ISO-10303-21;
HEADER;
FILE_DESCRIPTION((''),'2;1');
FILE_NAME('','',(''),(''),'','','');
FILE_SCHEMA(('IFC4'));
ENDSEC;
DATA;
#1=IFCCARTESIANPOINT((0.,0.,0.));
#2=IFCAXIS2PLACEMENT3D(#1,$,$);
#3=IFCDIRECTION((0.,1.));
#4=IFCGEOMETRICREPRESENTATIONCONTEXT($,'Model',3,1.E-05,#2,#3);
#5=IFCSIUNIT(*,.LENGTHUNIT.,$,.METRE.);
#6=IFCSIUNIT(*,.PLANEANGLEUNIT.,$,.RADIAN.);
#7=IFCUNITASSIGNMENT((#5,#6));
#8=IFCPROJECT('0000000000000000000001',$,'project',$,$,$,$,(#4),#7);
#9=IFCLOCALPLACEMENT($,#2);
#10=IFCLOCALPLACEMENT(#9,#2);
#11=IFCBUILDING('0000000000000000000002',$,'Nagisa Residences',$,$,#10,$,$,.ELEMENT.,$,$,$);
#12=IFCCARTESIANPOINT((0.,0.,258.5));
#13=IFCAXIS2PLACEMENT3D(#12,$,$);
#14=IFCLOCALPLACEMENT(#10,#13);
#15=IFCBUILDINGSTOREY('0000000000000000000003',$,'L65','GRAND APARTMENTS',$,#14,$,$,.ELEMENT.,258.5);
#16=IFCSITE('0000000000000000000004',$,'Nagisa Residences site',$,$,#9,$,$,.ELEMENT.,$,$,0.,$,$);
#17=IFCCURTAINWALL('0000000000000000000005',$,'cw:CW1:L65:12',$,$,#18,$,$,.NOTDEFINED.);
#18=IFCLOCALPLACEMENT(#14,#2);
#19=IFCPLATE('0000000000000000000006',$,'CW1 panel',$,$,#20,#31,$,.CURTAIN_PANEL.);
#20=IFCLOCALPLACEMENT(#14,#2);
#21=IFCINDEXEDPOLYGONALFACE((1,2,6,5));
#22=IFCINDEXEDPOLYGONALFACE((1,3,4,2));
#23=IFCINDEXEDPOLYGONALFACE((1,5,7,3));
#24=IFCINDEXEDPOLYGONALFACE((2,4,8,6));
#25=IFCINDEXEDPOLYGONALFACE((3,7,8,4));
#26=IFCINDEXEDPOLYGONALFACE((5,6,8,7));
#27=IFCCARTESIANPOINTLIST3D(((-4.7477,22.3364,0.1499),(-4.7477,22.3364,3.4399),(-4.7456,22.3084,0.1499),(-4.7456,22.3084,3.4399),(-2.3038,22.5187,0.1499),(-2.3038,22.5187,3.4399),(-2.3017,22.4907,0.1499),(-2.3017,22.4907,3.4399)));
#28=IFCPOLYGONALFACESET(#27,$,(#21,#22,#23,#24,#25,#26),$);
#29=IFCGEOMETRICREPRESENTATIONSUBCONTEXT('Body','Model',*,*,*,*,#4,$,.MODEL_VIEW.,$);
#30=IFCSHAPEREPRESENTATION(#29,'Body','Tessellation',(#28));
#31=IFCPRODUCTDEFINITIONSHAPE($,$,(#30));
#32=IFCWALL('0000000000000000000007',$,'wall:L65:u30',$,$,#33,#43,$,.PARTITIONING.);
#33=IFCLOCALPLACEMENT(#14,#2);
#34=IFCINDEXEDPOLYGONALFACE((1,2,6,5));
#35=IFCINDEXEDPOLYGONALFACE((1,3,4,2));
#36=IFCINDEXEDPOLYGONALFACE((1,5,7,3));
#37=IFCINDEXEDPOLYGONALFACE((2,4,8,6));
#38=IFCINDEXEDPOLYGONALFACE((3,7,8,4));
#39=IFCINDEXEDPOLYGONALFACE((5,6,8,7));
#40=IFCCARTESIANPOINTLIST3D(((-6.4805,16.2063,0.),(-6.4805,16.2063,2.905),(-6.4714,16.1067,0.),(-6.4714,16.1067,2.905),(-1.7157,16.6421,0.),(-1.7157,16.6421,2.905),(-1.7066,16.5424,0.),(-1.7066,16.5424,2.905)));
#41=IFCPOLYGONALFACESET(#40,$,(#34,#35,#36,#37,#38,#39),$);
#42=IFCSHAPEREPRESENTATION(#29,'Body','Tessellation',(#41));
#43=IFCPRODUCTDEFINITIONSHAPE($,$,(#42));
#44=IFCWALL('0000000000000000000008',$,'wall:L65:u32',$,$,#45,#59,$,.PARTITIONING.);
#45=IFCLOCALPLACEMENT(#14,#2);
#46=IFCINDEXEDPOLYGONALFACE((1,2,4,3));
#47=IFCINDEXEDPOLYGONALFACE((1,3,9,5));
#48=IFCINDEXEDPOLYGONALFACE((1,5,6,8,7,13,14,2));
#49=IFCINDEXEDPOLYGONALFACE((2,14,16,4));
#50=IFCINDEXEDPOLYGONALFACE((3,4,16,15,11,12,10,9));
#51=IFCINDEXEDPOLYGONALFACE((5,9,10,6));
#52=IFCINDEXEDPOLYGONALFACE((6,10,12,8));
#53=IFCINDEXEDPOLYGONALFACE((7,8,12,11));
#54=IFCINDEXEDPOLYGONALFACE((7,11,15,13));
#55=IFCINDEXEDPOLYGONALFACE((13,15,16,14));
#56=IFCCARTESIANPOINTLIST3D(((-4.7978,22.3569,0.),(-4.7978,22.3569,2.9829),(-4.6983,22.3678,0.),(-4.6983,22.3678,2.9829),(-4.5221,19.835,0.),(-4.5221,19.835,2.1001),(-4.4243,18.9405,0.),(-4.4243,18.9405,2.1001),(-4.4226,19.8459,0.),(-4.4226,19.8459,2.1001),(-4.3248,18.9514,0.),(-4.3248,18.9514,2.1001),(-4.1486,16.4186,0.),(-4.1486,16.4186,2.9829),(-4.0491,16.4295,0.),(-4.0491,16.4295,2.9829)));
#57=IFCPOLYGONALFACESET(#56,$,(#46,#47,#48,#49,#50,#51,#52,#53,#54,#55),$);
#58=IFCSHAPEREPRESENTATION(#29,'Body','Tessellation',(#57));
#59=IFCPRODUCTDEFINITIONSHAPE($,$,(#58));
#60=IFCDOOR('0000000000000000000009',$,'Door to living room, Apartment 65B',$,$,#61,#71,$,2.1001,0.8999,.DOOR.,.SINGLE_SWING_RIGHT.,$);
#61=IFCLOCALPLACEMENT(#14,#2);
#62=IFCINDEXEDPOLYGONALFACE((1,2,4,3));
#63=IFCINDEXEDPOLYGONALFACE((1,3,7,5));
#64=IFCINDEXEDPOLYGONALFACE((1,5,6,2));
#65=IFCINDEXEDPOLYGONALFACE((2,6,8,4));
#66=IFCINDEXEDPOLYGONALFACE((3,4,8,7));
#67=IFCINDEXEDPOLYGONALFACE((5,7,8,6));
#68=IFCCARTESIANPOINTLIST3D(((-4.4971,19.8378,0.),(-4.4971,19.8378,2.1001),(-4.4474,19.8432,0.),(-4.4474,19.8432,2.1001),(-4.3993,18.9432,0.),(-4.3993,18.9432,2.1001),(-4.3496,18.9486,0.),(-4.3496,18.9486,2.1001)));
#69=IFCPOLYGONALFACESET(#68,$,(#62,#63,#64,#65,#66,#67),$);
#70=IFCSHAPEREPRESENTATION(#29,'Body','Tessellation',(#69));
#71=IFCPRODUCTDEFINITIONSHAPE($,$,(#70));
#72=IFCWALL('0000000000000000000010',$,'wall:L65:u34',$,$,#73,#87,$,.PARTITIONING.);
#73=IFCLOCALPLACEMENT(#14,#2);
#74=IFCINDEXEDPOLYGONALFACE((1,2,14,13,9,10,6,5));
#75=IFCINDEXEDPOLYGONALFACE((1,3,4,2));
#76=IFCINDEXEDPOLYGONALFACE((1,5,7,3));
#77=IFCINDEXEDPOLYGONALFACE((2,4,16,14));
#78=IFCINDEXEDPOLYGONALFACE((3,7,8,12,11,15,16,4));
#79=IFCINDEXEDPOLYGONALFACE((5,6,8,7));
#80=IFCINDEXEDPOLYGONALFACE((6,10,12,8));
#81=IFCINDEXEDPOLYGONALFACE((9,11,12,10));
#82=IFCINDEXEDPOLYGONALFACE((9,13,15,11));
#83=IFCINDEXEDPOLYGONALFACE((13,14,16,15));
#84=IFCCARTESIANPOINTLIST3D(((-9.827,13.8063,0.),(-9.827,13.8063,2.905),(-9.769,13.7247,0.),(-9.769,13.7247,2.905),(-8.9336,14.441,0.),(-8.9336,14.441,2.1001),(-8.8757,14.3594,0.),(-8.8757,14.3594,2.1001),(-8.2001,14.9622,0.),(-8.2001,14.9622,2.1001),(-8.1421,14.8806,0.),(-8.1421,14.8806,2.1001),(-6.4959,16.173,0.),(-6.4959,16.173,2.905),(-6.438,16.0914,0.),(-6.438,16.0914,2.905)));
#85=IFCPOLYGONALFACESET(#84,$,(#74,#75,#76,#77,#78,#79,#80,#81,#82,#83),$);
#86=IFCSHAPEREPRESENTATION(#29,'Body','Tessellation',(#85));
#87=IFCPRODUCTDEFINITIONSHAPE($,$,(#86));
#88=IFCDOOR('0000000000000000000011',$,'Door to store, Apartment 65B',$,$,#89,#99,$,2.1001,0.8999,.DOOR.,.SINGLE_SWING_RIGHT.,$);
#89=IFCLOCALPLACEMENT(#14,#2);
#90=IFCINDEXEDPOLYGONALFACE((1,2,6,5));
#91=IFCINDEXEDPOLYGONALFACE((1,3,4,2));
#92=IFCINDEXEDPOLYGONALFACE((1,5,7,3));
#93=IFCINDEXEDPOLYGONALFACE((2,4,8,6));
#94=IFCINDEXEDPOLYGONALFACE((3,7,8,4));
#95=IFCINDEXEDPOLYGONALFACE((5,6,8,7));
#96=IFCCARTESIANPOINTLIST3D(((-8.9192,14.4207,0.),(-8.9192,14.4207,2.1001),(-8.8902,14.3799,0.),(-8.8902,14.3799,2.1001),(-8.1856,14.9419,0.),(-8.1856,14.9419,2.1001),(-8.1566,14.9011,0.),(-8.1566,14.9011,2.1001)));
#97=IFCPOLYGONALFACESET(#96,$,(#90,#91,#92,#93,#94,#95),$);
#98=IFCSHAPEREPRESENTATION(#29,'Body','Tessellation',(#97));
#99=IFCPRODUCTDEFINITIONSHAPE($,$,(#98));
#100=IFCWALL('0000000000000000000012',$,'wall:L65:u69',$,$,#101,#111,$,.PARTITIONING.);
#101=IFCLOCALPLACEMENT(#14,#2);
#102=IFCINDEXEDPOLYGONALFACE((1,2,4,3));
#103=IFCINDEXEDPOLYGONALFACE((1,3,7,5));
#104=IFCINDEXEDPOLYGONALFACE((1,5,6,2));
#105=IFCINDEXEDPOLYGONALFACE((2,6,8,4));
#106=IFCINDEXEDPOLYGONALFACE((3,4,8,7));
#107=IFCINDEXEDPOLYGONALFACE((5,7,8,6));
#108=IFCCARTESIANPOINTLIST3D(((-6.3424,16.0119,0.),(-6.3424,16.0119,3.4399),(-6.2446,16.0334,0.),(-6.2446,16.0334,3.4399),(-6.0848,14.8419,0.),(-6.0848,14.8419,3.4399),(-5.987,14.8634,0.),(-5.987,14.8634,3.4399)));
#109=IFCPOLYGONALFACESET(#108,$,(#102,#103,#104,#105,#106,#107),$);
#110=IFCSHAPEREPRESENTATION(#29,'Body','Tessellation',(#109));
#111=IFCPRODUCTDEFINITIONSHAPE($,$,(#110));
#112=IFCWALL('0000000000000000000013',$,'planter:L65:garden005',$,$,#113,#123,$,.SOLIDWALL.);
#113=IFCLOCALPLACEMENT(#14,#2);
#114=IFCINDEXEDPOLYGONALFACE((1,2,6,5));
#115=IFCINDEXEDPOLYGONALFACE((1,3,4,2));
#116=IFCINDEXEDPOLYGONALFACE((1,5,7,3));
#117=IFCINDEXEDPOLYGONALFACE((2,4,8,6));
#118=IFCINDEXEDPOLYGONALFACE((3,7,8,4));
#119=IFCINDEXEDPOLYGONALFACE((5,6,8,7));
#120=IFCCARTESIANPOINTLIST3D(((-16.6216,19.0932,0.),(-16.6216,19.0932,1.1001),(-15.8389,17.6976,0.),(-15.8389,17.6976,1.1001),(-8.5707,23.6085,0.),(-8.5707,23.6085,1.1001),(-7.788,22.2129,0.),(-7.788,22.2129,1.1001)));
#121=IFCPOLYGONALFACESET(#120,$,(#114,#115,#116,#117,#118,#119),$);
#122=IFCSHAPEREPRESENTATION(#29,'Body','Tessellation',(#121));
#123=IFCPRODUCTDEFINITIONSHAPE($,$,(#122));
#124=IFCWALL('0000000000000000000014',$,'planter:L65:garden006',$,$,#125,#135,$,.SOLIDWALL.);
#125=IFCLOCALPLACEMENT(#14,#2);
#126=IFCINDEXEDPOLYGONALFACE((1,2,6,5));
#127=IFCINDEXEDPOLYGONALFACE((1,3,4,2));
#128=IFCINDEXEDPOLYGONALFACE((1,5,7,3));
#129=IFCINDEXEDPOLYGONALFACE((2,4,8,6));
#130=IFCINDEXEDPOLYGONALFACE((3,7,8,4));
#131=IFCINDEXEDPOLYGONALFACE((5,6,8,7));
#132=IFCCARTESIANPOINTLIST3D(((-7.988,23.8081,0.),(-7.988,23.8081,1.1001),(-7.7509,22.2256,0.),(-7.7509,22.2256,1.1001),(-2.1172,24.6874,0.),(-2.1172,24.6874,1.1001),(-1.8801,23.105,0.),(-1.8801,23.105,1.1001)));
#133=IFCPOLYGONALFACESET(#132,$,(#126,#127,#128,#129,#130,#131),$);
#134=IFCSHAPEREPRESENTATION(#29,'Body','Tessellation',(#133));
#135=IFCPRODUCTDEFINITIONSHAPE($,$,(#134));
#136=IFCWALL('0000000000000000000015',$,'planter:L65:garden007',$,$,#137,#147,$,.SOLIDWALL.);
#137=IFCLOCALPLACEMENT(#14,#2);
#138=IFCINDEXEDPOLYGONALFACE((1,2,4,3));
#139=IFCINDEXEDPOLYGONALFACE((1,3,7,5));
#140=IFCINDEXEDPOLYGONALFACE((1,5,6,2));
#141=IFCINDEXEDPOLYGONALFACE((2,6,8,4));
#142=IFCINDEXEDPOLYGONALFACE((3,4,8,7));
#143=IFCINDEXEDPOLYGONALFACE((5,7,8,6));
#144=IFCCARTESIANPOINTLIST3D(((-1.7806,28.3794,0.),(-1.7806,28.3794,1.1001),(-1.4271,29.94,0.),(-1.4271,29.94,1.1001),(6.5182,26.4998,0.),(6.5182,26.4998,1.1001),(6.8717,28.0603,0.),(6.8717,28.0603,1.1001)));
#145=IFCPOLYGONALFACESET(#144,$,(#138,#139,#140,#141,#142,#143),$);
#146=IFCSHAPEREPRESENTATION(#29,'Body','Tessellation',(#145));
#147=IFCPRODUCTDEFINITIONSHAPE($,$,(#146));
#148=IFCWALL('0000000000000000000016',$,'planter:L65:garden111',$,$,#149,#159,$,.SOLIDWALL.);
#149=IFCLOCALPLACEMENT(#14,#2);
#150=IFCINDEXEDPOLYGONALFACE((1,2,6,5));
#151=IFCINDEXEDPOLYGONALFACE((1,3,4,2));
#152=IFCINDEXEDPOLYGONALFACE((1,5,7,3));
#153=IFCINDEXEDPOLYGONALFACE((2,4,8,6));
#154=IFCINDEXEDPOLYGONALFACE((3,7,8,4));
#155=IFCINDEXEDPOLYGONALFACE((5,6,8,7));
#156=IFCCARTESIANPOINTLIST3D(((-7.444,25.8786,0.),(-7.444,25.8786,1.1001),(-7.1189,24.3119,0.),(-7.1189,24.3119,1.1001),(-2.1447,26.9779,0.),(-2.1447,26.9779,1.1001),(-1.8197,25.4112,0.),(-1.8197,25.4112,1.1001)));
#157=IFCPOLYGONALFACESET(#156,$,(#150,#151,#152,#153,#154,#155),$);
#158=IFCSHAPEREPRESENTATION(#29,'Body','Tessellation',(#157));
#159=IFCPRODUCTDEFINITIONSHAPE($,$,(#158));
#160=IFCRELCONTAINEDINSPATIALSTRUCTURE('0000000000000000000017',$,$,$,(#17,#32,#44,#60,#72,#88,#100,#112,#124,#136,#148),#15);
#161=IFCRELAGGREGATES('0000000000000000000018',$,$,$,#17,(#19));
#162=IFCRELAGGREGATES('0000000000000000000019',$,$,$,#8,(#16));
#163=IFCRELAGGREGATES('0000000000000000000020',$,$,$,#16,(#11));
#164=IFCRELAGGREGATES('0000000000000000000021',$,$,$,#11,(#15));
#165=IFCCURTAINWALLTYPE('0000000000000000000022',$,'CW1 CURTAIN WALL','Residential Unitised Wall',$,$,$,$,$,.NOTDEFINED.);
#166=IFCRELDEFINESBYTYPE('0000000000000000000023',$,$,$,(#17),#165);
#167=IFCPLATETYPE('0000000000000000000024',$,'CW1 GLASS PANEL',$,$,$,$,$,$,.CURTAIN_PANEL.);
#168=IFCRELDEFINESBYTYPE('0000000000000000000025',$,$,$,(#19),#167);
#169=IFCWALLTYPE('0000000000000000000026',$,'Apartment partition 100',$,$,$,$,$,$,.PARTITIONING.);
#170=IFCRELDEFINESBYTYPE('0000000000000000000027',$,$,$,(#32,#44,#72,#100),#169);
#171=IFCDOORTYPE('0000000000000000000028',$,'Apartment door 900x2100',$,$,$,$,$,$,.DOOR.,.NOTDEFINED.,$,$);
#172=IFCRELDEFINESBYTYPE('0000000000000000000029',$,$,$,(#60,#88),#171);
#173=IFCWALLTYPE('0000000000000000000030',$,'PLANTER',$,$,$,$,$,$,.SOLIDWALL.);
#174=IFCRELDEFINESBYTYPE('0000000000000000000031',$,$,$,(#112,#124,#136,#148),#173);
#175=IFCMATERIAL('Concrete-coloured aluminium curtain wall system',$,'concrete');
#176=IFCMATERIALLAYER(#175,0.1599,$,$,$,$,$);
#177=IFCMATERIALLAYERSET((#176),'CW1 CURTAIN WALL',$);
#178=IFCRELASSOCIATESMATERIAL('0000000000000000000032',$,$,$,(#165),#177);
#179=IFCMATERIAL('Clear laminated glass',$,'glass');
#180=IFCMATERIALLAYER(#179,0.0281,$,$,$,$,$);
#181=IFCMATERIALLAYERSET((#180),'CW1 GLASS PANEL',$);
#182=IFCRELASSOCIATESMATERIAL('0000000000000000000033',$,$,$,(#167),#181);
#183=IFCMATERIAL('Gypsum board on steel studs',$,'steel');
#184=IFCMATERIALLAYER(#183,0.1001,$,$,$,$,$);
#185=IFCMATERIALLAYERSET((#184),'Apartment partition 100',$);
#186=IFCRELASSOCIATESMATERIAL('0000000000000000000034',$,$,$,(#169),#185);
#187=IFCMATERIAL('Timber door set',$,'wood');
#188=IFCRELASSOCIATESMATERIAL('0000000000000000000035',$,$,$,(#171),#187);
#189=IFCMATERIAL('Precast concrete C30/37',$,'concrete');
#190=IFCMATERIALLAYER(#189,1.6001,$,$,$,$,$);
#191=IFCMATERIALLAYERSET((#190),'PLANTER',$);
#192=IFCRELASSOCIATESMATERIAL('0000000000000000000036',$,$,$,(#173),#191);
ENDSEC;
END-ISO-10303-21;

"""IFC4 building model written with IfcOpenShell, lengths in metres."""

from ifc_helpers import new_model, si_unit, direction, frame, frame_2d, origin, origin_2d, place, context, subcontext, project, spatial, rectangle, extrude, material, layer, layer_set, type_object, element, fill, aggregate, save


model = new_model("IFC4")

# Units and contexts
model_context = context("Model", 3, precision=1e-05, world=origin(), true_north=direction((0.0, 1.0)))
body_context = subcontext(model_context, "Body", "Model", "MODEL_VIEW")
ifc_project = project(units=[si_unit("LENGTHUNIT", "METRE"), si_unit("PLANEANGLEUNIT", "RADIAN")], contexts=[model_context])

# Site, building, storey
site_placement = place(None, origin())
site = spatial("IfcSite", under=ifc_project, at=site_placement, Name="Nagisa Residences site", CompositionType="ELEMENT", RefElevation=0.0)
building_placement = place(site_placement, origin())
building = spatial("IfcBuilding", under=site, at=building_placement, Name="Nagisa Residences", CompositionType="ELEMENT")
storey_placement = place(building_placement, frame((0.0, 0.0, 258.5)))
storey = spatial("IfcBuildingStorey", under=building, at=storey_placement, Name="L65", Description="GRAND APARTMENTS", CompositionType="ELEMENT", Elevation=258.5)

# Curtain wall
ifc_material_1 = material(Name="Concrete-coloured aluminium curtain wall system", Category="concrete")
ifc_layer_1 = layer(ifc_material_1, 0.1599)
ifc_layer_set_1 = layer_set([ifc_layer_1], Name="CW1 CURTAIN WALL")
curtain_wall_type = type_object("IfcCurtainWallType", Name="CW1 CURTAIN WALL", Description="Residential Unitised Wall", PredefinedType="NOTDEFINED", material=ifc_layer_set_1)
curtain_wall_1_placement = place(storey_placement, origin())
curtain_wall_1 = element("IfcCurtainWall", 1, at=curtain_wall_1_placement, inside=storey, type_object=curtain_wall_type, Name="cw:CW1:L65:12", PredefinedType="NOTDEFINED")

# Plate
ifc_material_2 = material(Name="Clear laminated glass", Category="glass")
ifc_layer_2 = layer(ifc_material_2, 0.0281)
ifc_layer_set_2 = layer_set([ifc_layer_2], Name="CW1 GLASS PANEL")
plate_type = type_object("IfcPlateType", Name="CW1 GLASS PANEL", PredefinedType="CURTAIN_PANEL", material=ifc_layer_set_2)
plate_placement = place(storey_placement, frame((-3.5247, 22.4136, 0.1499), z_axis=(0.0, 0.0, 1.0), x_axis=(-0.99723, -0.074377, 0.0)))
plate = element("IfcPlate", 2, at=plate_placement, type_object=plate_type, Name="CW1 panel", PredefinedType="CURTAIN_PANEL", context=body_context, shape_type="SweptSolid", body=[
    extrude(rectangle(XDim=2.4507, YDim=0.0281, at=origin_2d()), origin(), (0.0, 0.0, 1.0), 3.29),
])
aggregate(curtain_wall_1, [plate])

# Wall
ifc_material_3 = material(Name="Gypsum board on steel studs", Category="steel")
ifc_layer_3 = layer(ifc_material_3, 0.1001)
ifc_layer_set_3 = layer_set([ifc_layer_3], Name="Apartment partition 100")
wall_type_1 = type_object("IfcWallType", Name="Apartment partition 100", PredefinedType="PARTITIONING", material=ifc_layer_set_3)
wall_1_placement = place(storey_placement, frame((-1.7112, 16.5923, 0.0), z_axis=(0.0, 0.0, 1.0), x_axis=(-0.995844, -0.091079, 0.0)))
element("IfcWall", 3, at=wall_1_placement, inside=storey, type_object=wall_type_1, Name="wall:L65:u30", PredefinedType="PARTITIONING", context=body_context, shape_type="SweptSolid", body=[
    extrude(rectangle(XDim=4.7847, YDim=0.1001, at=frame_2d((2.3923, 0.0))), origin(), (0.0, 0.0, 1.0), 2.905),
])

# Walls, openings, doors
wall_2_placement = place(storey_placement, frame((-4.0989, 16.4241, 0.0), z_axis=(0.0, 0.0, 1.0), x_axis=(-0.108673, 0.994078, 0.0)))
wall_2 = element("IfcWall", 4, at=wall_2_placement, inside=storey, type_object=wall_type_1, Name="wall:L65:u32", PredefinedType="PARTITIONING", context=body_context, shape_type="SweptSolid", body=[
    extrude(rectangle(XDim=5.9736, YDim=0.1001, at=frame_2d((2.9868, 0.0))), origin(), (0.0, 0.0, 1.0), 2.9829),
])
opening_1_placement = place(wall_2_placement, frame((2.5369, 0.0, 0.0)))
opening_1 = element("IfcOpeningElement", 5, at=opening_1_placement, cuts=wall_2, PredefinedType="OPENING", context=body_context, shape_type="SweptSolid", body=[
    extrude(rectangle(XDim=0.8999, YDim=2.1001, at=frame_2d((0.45, 1.05))), frame((0.0, 0.0601, 0.0), z_axis=(0.0, -1.0, 0.0), x_axis=(1.0, 0.0, 0.0)), (0.0, 0.0, 1.0), 0.1201),
])
ifc_material_4 = material(Name="Timber door set", Category="wood")
door_type_1 = type_object("IfcDoorType", Name="Apartment door 900x2100", OperationType="NOTDEFINED", PredefinedType="DOOR", material=ifc_material_4)
door_1_placement = place(opening_1_placement, origin())
door_1 = element("IfcDoor", 6, at=door_1_placement, inside=storey, type_object=door_type_1, Name="Door to living room, Apartment 65B", OperationType="SINGLE_SWING_RIGHT", OverallHeight=2.1001, OverallWidth=0.8999, PredefinedType="DOOR", context=body_context, shape_type="SweptSolid", body=[
    extrude(rectangle(XDim=0.8999, YDim=2.1001, at=frame_2d((0.45, 1.05))), frame((0.0, 0.0249, 0.0), z_axis=(0.0, -1.0, 0.0), x_axis=(1.0, 0.0, 0.0)), (0.0, 0.0, 1.0), 0.05),
])
fill(opening_1, door_1)
wall_3_placement = place(storey_placement, frame((-6.467, 16.1321, 0.0), z_axis=(0.0, 0.0, 1.0), x_axis=(-0.815192, -0.57919, 0.0)))
wall_3 = element("IfcWall", 7, at=wall_3_placement, inside=storey, type_object=wall_type_1, Name="wall:L65:u34", PredefinedType="PARTITIONING", context=body_context, shape_type="SweptSolid", body=[
    extrude(rectangle(XDim=4.0862, YDim=0.1001, at=frame_2d((2.043, 0.0))), origin(), (0.0, 0.0, 1.0), 2.905),
])
opening_2_placement = place(wall_3_placement, frame((2.0903, 0.0, 0.0)))
opening_2 = element("IfcOpeningElement", 8, at=opening_2_placement, cuts=wall_3, PredefinedType="OPENING", context=body_context, shape_type="SweptSolid", body=[
    extrude(rectangle(XDim=0.8999, YDim=2.1001, at=frame_2d((0.45, 1.05))), frame((0.0, 0.0601, 0.0), z_axis=(0.0, -1.0, 0.0), x_axis=(1.0, 0.0, 0.0)), (0.0, 0.0, 1.0), 0.1201),
])
door_2_placement = place(opening_2_placement, origin())
door_2 = element("IfcDoor", 9, at=door_2_placement, inside=storey, type_object=door_type_1, Name="Door to store, Apartment 65B", OperationType="SINGLE_SWING_RIGHT", OverallHeight=2.1001, OverallWidth=0.8999, PredefinedType="DOOR", context=body_context, shape_type="SweptSolid", body=[
    extrude(rectangle(XDim=0.8999, YDim=2.1001, at=frame_2d((0.45, 1.05))), frame((0.0, 0.0249, 0.0), z_axis=(0.0, -1.0, 0.0), x_axis=(1.0, 0.0, 0.0)), (0.0, 0.0, 1.0), 0.05),
])
fill(opening_2, door_2)

# Wall
wall_4_placement = place(storey_placement, frame((-6.0359, 14.8525, 0.0), z_axis=(0.0, 0.0, 1.0), x_axis=(-0.21501, 0.976612, 0.0)))
element("IfcWall", 10, at=wall_4_placement, inside=storey, type_object=wall_type_1, Name="wall:L65:u69", PredefinedType="PARTITIONING", context=body_context, shape_type="SweptSolid", body=[
    extrude(rectangle(XDim=1.198, YDim=0.1001, at=frame_2d((0.5991, 0.0))), origin(), (0.0, 0.0, 1.0), 3.4399),
])

# Walls
ifc_material_5 = material(Name="Precast concrete C30/37", Category="concrete")
ifc_layer_4 = layer(ifc_material_5, 1.6001)
ifc_layer_set_4 = layer_set([ifc_layer_4], Name="PLANTER")
wall_type_2 = type_object("IfcWallType", Name="PLANTER", PredefinedType="SOLIDWALL", material=ifc_layer_set_4)
wall_5_placement = place(storey_placement, frame((-8.1794, 22.9106, 0.0), z_axis=(0.0, 0.0, 1.0), x_axis=(-0.872191, -0.489165, 0.0)))
element("IfcWall", 11, at=wall_5_placement, inside=storey, type_object=wall_type_2, Name="planter:L65:garden005", PredefinedType="SOLIDWALL", context=body_context, shape_type="SweptSolid", body=[
    extrude(rectangle(XDim=9.2307, YDim=1.6001, at=frame_2d((4.6152, 0.0))), origin(), (0.0, 0.0, 1.0), 1.1001),
])
wall_6_placement = place(storey_placement, frame((-1.9985, 23.8962, 0.0), z_axis=(0.0, 0.0, 1.0), x_axis=(-0.988967, -0.148137, 0.0)))
element("IfcWall", 12, at=wall_6_placement, inside=storey, type_object=wall_type_2, Name="planter:L65:garden006", PredefinedType="SOLIDWALL", context=body_context, shape_type="SweptSolid", body=[
    extrude(rectangle(XDim=5.9363, YDim=1.6001, at=frame_2d((2.9683, 0.0))), origin(), (0.0, 0.0, 1.0), 1.1001),
])
wall_7_placement = place(storey_placement, frame((-1.6038, 29.1597, 0.0), z_axis=(0.0, 0.0, 1.0), x_axis=(0.975297, -0.220899, 0.0)))
element("IfcWall", 13, at=wall_7_placement, inside=storey, type_object=wall_type_2, Name="planter:L65:garden007", PredefinedType="SOLIDWALL", context=body_context, shape_type="SweptSolid", body=[
    extrude(rectangle(XDim=8.509, YDim=1.6001, at=frame_2d((4.2544, 0.0))), origin(), (0.0, 0.0, 1.0), 1.1001),
])
wall_8_placement = place(storey_placement, frame((-1.9822, 26.1946, 0.0), z_axis=(0.0, 0.0, 1.0), x_axis=(-0.979152, -0.203129, 0.0)))
element("IfcWall", 14, at=wall_8_placement, inside=storey, type_object=wall_type_2, Name="planter:L65:garden111", PredefinedType="SOLIDWALL", context=body_context, shape_type="SweptSolid", body=[
    extrude(rectangle(XDim=5.4121, YDim=1.6001, at=frame_2d((2.7061, 0.0))), origin(), (0.0, 0.0, 1.0), 1.1001),
])

save(model, "model.ifc")
